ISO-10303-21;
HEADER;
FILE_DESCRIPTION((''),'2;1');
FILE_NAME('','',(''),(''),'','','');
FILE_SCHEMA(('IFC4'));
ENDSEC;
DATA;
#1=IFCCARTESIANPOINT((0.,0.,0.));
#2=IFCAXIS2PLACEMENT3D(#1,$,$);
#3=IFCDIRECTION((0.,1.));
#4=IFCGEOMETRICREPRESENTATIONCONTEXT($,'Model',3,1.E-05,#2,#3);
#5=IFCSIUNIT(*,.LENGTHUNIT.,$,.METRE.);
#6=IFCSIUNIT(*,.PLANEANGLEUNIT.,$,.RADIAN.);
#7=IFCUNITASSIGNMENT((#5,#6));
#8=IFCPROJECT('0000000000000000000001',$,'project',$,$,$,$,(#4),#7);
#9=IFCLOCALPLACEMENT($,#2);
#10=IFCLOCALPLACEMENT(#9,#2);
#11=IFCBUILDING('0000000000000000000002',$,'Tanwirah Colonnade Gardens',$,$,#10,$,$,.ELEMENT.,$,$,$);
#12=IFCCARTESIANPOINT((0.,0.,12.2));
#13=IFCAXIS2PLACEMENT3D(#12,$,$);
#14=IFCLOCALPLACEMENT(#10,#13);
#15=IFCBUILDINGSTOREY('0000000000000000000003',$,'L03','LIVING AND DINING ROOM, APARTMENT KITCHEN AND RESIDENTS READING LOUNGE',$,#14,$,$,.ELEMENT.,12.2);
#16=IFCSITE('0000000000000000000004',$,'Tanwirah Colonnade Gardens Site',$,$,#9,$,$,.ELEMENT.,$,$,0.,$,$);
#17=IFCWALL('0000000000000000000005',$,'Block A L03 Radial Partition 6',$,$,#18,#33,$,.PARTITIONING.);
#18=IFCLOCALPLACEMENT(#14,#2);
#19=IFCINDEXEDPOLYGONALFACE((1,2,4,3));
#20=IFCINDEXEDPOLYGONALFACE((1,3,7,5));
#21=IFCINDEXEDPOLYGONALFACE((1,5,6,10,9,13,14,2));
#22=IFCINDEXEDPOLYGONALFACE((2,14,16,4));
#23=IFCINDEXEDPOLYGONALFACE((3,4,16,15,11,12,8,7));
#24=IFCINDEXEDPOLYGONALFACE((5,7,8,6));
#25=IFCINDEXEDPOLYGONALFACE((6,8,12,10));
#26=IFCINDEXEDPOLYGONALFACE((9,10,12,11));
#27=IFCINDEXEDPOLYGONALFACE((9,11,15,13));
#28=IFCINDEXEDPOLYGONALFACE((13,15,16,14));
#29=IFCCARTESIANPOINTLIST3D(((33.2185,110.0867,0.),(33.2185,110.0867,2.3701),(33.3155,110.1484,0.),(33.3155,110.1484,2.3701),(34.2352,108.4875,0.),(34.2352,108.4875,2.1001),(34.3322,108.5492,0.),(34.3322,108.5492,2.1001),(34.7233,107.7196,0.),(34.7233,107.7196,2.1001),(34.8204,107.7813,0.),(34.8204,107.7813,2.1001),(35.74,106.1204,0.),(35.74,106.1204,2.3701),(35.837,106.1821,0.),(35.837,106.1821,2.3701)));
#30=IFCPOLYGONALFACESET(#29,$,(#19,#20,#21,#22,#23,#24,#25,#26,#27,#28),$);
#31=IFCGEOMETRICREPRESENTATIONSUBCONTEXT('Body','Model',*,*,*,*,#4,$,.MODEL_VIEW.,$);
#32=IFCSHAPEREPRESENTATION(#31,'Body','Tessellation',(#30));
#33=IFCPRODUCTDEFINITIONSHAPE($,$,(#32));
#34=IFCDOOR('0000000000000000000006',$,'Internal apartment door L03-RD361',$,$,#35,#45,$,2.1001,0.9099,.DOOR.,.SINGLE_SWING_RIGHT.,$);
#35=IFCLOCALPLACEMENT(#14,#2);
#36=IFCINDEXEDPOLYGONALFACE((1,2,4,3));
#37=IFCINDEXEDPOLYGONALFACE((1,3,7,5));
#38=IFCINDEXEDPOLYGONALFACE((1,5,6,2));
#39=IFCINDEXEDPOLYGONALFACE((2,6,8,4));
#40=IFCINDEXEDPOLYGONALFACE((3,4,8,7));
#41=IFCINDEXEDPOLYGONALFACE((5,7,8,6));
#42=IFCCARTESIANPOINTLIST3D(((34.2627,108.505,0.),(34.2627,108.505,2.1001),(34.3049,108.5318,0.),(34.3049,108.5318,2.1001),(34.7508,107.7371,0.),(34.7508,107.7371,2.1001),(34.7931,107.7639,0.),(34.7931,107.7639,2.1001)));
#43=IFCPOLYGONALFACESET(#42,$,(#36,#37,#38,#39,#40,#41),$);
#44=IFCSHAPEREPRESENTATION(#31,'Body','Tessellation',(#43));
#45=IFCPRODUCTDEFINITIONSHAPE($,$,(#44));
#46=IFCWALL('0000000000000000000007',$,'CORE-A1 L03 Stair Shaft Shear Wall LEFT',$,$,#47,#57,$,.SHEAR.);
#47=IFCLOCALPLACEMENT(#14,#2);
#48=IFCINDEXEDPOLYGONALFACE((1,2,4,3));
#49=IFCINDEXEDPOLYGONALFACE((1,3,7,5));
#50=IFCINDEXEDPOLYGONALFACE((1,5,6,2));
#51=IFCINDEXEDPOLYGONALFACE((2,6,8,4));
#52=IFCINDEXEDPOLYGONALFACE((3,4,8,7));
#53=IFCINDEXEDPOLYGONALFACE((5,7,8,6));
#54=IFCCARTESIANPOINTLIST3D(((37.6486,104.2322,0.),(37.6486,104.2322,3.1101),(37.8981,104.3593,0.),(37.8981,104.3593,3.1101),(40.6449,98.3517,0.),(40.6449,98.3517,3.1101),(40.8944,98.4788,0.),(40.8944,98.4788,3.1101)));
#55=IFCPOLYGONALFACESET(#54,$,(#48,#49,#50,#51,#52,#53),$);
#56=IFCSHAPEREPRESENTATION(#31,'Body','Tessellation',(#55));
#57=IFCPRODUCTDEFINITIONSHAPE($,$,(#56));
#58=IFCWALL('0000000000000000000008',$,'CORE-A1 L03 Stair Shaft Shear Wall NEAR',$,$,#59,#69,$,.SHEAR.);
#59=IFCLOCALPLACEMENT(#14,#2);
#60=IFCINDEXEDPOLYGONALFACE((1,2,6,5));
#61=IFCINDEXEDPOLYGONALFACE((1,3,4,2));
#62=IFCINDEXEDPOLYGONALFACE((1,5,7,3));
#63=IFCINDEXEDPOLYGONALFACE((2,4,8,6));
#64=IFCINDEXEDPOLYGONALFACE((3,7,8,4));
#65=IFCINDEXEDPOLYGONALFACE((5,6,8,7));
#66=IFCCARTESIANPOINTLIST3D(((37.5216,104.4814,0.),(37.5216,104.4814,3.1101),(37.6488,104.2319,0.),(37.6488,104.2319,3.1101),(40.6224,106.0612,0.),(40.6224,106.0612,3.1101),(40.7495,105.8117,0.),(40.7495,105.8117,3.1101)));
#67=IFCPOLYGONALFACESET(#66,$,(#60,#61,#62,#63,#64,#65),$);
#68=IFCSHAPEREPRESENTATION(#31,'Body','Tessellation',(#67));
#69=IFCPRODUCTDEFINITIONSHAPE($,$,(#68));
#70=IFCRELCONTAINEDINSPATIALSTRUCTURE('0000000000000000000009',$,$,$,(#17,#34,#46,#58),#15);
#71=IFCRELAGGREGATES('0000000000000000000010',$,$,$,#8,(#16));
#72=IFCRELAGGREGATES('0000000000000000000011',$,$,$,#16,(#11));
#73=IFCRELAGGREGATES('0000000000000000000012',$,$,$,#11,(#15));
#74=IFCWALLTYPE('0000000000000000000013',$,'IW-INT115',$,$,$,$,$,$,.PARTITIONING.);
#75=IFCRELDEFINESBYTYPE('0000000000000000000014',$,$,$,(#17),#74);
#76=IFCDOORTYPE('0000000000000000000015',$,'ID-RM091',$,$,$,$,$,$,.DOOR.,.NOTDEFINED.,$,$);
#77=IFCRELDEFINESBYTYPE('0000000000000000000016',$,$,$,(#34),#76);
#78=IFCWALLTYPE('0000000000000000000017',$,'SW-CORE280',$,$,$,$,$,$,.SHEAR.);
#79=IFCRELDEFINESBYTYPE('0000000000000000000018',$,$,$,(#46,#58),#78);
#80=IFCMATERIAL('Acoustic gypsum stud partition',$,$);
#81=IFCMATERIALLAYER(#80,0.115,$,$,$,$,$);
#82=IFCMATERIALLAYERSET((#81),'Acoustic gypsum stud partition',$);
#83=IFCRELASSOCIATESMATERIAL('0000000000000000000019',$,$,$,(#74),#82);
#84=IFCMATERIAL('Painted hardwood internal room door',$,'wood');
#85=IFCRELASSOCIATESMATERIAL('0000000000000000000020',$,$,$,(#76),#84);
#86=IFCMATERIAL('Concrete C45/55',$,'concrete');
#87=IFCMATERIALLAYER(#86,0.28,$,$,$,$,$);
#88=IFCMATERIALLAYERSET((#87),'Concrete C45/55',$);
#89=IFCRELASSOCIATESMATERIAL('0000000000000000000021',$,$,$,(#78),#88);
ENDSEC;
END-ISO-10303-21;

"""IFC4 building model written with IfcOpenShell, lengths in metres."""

from ifc_helpers import new_model, si_unit, direction, frame, frame_2d, origin, place, context, subcontext, project, spatial, rectangle, extrude, material, layer, layer_set, type_object, element, fill, save


model = new_model("IFC4")

# Units and contexts
model_context = context("Model", 3, precision=1e-05, world=origin(), true_north=direction((0.0, 1.0)))
body_context = subcontext(model_context, "Body", "Model", "MODEL_VIEW")
ifc_project = project(units=[si_unit("LENGTHUNIT", "METRE"), si_unit("PLANEANGLEUNIT", "RADIAN")], contexts=[model_context])

# Site, building, storey
site_placement = place(None, origin())
site = spatial("IfcSite", under=ifc_project, at=site_placement, Name="Tanwirah Colonnade Gardens Site", CompositionType="ELEMENT", RefElevation=0.0)
building_placement = place(site_placement, origin())
building = spatial("IfcBuilding", under=site, at=building_placement, Name="Tanwirah Colonnade Gardens", CompositionType="ELEMENT")
storey_placement = place(building_placement, frame((0.0, 0.0, 12.2)))
storey = spatial("IfcBuildingStorey", under=building, at=storey_placement, Name="L03", Description="LIVING AND DINING ROOM, APARTMENT KITCHEN AND RESIDENTS READING LOUNGE", CompositionType="ELEMENT", Elevation=12.2)

# Wall, opening, door
ifc_material_1 = material(Name="Acoustic gypsum stud partition")
ifc_layer_1 = layer(ifc_material_1, 0.115)
ifc_layer_set_1 = layer_set([ifc_layer_1], Name="Acoustic gypsum stud partition")
wall_type_1 = type_object("IfcWallType", Name="IW-INT115", PredefinedType="PARTITIONING", material=ifc_layer_set_1)
wall_1_placement = place(storey_placement, frame((35.7886, 106.1511, 0.0), z_axis=(0.0, 0.0, 1.0), x_axis=(-0.536492, 0.843905, 0.0)))
wall_1 = element("IfcWall", 1, at=wall_1_placement, inside=storey, type_object=wall_type_1, Name="Block A L03 Radial Partition 6", PredefinedType="PARTITIONING", context=body_context, shape_type="SweptSolid", body=[
    extrude(rectangle(XDim=4.7, YDim=0.115, at=frame_2d((2.3501, 0.0))), origin(), (0.0, 0.0, 1.0), 2.3701),
])
opening_1_placement = place(wall_1_placement, frame((1.895, 0.0, 0.0)))
opening_1 = element("IfcOpeningElement", 2, at=opening_1_placement, cuts=wall_1, PredefinedType="OPENING", context=body_context, shape_type="SweptSolid", body=[
    extrude(rectangle(XDim=0.9099, YDim=2.1001, at=frame_2d((0.4551, 1.05))), frame((0.0, 0.0674, 0.0), z_axis=(0.0, -1.0, 0.0), x_axis=(1.0, 0.0, 0.0)), (0.0, 0.0, 1.0), 0.135),
])
ifc_material_2 = material(Name="Painted hardwood internal room door", Category="wood")
door_type_1 = type_object("IfcDoorType", Name="ID-RM091", OperationType="NOTDEFINED", PredefinedType="DOOR", material=ifc_material_2)
door_1_placement = place(opening_1_placement, origin())
door_1 = element("IfcDoor", 3, at=door_1_placement, inside=storey, type_object=door_type_1, Name="Internal apartment door L03-RD361", OperationType="SINGLE_SWING_RIGHT", OverallHeight=2.1001, OverallWidth=0.9099, PredefinedType="DOOR", context=body_context, shape_type="SweptSolid", body=[
    extrude(rectangle(XDim=0.9099, YDim=2.1001, at=frame_2d((0.4551, 1.05))), frame((0.0, 0.0249, 0.0), z_axis=(0.0, -1.0, 0.0), x_axis=(1.0, 0.0, 0.0)), (0.0, 0.0, 1.0), 0.05),
])
fill(opening_1, door_1)

# Walls
ifc_material_3 = material(Name="Concrete C45/55", Category="concrete")
ifc_layer_2 = layer(ifc_material_3, 0.28)
ifc_layer_set_2 = layer_set([ifc_layer_2], Name="Concrete C45/55")
wall_type_2 = type_object("IfcWallType", Name="SW-CORE280", PredefinedType="SHEAR", material=ifc_layer_set_2)
wall_2_placement = place(storey_placement, frame((37.7734, 104.2957, 0.0), z_axis=(0.0, 0.0, 1.0), x_axis=(0.453992, -0.891006, 0.0)))
element("IfcWall", 4, at=wall_2_placement, inside=storey, type_object=wall_type_2, Name="CORE-A1 L03 Stair Shaft Shear Wall LEFT", PredefinedType="SHEAR", context=body_context, shape_type="SweptSolid", body=[
    extrude(rectangle(XDim=6.5999, YDim=0.28, at=frame_2d((3.2998, 0.0))), origin(), (0.0, 0.0, 1.0), 3.1101),
])
wall_3_placement = place(storey_placement, frame((37.5852, 104.3567, 0.0), z_axis=(0.0, 0.0, 1.0), x_axis=(0.89102, 0.453964, 0.0)))
element("IfcWall", 5, at=wall_3_placement, inside=storey, type_object=wall_type_2, Name="CORE-A1 L03 Stair Shaft Shear Wall NEAR", PredefinedType="SHEAR", context=body_context, shape_type="SweptSolid", body=[
    extrude(rectangle(XDim=3.48, YDim=0.28, at=frame_2d((1.74, 0.0))), origin(), (0.0, 0.0, 1.0), 3.1101),
])

save(model, "model.ifc")
